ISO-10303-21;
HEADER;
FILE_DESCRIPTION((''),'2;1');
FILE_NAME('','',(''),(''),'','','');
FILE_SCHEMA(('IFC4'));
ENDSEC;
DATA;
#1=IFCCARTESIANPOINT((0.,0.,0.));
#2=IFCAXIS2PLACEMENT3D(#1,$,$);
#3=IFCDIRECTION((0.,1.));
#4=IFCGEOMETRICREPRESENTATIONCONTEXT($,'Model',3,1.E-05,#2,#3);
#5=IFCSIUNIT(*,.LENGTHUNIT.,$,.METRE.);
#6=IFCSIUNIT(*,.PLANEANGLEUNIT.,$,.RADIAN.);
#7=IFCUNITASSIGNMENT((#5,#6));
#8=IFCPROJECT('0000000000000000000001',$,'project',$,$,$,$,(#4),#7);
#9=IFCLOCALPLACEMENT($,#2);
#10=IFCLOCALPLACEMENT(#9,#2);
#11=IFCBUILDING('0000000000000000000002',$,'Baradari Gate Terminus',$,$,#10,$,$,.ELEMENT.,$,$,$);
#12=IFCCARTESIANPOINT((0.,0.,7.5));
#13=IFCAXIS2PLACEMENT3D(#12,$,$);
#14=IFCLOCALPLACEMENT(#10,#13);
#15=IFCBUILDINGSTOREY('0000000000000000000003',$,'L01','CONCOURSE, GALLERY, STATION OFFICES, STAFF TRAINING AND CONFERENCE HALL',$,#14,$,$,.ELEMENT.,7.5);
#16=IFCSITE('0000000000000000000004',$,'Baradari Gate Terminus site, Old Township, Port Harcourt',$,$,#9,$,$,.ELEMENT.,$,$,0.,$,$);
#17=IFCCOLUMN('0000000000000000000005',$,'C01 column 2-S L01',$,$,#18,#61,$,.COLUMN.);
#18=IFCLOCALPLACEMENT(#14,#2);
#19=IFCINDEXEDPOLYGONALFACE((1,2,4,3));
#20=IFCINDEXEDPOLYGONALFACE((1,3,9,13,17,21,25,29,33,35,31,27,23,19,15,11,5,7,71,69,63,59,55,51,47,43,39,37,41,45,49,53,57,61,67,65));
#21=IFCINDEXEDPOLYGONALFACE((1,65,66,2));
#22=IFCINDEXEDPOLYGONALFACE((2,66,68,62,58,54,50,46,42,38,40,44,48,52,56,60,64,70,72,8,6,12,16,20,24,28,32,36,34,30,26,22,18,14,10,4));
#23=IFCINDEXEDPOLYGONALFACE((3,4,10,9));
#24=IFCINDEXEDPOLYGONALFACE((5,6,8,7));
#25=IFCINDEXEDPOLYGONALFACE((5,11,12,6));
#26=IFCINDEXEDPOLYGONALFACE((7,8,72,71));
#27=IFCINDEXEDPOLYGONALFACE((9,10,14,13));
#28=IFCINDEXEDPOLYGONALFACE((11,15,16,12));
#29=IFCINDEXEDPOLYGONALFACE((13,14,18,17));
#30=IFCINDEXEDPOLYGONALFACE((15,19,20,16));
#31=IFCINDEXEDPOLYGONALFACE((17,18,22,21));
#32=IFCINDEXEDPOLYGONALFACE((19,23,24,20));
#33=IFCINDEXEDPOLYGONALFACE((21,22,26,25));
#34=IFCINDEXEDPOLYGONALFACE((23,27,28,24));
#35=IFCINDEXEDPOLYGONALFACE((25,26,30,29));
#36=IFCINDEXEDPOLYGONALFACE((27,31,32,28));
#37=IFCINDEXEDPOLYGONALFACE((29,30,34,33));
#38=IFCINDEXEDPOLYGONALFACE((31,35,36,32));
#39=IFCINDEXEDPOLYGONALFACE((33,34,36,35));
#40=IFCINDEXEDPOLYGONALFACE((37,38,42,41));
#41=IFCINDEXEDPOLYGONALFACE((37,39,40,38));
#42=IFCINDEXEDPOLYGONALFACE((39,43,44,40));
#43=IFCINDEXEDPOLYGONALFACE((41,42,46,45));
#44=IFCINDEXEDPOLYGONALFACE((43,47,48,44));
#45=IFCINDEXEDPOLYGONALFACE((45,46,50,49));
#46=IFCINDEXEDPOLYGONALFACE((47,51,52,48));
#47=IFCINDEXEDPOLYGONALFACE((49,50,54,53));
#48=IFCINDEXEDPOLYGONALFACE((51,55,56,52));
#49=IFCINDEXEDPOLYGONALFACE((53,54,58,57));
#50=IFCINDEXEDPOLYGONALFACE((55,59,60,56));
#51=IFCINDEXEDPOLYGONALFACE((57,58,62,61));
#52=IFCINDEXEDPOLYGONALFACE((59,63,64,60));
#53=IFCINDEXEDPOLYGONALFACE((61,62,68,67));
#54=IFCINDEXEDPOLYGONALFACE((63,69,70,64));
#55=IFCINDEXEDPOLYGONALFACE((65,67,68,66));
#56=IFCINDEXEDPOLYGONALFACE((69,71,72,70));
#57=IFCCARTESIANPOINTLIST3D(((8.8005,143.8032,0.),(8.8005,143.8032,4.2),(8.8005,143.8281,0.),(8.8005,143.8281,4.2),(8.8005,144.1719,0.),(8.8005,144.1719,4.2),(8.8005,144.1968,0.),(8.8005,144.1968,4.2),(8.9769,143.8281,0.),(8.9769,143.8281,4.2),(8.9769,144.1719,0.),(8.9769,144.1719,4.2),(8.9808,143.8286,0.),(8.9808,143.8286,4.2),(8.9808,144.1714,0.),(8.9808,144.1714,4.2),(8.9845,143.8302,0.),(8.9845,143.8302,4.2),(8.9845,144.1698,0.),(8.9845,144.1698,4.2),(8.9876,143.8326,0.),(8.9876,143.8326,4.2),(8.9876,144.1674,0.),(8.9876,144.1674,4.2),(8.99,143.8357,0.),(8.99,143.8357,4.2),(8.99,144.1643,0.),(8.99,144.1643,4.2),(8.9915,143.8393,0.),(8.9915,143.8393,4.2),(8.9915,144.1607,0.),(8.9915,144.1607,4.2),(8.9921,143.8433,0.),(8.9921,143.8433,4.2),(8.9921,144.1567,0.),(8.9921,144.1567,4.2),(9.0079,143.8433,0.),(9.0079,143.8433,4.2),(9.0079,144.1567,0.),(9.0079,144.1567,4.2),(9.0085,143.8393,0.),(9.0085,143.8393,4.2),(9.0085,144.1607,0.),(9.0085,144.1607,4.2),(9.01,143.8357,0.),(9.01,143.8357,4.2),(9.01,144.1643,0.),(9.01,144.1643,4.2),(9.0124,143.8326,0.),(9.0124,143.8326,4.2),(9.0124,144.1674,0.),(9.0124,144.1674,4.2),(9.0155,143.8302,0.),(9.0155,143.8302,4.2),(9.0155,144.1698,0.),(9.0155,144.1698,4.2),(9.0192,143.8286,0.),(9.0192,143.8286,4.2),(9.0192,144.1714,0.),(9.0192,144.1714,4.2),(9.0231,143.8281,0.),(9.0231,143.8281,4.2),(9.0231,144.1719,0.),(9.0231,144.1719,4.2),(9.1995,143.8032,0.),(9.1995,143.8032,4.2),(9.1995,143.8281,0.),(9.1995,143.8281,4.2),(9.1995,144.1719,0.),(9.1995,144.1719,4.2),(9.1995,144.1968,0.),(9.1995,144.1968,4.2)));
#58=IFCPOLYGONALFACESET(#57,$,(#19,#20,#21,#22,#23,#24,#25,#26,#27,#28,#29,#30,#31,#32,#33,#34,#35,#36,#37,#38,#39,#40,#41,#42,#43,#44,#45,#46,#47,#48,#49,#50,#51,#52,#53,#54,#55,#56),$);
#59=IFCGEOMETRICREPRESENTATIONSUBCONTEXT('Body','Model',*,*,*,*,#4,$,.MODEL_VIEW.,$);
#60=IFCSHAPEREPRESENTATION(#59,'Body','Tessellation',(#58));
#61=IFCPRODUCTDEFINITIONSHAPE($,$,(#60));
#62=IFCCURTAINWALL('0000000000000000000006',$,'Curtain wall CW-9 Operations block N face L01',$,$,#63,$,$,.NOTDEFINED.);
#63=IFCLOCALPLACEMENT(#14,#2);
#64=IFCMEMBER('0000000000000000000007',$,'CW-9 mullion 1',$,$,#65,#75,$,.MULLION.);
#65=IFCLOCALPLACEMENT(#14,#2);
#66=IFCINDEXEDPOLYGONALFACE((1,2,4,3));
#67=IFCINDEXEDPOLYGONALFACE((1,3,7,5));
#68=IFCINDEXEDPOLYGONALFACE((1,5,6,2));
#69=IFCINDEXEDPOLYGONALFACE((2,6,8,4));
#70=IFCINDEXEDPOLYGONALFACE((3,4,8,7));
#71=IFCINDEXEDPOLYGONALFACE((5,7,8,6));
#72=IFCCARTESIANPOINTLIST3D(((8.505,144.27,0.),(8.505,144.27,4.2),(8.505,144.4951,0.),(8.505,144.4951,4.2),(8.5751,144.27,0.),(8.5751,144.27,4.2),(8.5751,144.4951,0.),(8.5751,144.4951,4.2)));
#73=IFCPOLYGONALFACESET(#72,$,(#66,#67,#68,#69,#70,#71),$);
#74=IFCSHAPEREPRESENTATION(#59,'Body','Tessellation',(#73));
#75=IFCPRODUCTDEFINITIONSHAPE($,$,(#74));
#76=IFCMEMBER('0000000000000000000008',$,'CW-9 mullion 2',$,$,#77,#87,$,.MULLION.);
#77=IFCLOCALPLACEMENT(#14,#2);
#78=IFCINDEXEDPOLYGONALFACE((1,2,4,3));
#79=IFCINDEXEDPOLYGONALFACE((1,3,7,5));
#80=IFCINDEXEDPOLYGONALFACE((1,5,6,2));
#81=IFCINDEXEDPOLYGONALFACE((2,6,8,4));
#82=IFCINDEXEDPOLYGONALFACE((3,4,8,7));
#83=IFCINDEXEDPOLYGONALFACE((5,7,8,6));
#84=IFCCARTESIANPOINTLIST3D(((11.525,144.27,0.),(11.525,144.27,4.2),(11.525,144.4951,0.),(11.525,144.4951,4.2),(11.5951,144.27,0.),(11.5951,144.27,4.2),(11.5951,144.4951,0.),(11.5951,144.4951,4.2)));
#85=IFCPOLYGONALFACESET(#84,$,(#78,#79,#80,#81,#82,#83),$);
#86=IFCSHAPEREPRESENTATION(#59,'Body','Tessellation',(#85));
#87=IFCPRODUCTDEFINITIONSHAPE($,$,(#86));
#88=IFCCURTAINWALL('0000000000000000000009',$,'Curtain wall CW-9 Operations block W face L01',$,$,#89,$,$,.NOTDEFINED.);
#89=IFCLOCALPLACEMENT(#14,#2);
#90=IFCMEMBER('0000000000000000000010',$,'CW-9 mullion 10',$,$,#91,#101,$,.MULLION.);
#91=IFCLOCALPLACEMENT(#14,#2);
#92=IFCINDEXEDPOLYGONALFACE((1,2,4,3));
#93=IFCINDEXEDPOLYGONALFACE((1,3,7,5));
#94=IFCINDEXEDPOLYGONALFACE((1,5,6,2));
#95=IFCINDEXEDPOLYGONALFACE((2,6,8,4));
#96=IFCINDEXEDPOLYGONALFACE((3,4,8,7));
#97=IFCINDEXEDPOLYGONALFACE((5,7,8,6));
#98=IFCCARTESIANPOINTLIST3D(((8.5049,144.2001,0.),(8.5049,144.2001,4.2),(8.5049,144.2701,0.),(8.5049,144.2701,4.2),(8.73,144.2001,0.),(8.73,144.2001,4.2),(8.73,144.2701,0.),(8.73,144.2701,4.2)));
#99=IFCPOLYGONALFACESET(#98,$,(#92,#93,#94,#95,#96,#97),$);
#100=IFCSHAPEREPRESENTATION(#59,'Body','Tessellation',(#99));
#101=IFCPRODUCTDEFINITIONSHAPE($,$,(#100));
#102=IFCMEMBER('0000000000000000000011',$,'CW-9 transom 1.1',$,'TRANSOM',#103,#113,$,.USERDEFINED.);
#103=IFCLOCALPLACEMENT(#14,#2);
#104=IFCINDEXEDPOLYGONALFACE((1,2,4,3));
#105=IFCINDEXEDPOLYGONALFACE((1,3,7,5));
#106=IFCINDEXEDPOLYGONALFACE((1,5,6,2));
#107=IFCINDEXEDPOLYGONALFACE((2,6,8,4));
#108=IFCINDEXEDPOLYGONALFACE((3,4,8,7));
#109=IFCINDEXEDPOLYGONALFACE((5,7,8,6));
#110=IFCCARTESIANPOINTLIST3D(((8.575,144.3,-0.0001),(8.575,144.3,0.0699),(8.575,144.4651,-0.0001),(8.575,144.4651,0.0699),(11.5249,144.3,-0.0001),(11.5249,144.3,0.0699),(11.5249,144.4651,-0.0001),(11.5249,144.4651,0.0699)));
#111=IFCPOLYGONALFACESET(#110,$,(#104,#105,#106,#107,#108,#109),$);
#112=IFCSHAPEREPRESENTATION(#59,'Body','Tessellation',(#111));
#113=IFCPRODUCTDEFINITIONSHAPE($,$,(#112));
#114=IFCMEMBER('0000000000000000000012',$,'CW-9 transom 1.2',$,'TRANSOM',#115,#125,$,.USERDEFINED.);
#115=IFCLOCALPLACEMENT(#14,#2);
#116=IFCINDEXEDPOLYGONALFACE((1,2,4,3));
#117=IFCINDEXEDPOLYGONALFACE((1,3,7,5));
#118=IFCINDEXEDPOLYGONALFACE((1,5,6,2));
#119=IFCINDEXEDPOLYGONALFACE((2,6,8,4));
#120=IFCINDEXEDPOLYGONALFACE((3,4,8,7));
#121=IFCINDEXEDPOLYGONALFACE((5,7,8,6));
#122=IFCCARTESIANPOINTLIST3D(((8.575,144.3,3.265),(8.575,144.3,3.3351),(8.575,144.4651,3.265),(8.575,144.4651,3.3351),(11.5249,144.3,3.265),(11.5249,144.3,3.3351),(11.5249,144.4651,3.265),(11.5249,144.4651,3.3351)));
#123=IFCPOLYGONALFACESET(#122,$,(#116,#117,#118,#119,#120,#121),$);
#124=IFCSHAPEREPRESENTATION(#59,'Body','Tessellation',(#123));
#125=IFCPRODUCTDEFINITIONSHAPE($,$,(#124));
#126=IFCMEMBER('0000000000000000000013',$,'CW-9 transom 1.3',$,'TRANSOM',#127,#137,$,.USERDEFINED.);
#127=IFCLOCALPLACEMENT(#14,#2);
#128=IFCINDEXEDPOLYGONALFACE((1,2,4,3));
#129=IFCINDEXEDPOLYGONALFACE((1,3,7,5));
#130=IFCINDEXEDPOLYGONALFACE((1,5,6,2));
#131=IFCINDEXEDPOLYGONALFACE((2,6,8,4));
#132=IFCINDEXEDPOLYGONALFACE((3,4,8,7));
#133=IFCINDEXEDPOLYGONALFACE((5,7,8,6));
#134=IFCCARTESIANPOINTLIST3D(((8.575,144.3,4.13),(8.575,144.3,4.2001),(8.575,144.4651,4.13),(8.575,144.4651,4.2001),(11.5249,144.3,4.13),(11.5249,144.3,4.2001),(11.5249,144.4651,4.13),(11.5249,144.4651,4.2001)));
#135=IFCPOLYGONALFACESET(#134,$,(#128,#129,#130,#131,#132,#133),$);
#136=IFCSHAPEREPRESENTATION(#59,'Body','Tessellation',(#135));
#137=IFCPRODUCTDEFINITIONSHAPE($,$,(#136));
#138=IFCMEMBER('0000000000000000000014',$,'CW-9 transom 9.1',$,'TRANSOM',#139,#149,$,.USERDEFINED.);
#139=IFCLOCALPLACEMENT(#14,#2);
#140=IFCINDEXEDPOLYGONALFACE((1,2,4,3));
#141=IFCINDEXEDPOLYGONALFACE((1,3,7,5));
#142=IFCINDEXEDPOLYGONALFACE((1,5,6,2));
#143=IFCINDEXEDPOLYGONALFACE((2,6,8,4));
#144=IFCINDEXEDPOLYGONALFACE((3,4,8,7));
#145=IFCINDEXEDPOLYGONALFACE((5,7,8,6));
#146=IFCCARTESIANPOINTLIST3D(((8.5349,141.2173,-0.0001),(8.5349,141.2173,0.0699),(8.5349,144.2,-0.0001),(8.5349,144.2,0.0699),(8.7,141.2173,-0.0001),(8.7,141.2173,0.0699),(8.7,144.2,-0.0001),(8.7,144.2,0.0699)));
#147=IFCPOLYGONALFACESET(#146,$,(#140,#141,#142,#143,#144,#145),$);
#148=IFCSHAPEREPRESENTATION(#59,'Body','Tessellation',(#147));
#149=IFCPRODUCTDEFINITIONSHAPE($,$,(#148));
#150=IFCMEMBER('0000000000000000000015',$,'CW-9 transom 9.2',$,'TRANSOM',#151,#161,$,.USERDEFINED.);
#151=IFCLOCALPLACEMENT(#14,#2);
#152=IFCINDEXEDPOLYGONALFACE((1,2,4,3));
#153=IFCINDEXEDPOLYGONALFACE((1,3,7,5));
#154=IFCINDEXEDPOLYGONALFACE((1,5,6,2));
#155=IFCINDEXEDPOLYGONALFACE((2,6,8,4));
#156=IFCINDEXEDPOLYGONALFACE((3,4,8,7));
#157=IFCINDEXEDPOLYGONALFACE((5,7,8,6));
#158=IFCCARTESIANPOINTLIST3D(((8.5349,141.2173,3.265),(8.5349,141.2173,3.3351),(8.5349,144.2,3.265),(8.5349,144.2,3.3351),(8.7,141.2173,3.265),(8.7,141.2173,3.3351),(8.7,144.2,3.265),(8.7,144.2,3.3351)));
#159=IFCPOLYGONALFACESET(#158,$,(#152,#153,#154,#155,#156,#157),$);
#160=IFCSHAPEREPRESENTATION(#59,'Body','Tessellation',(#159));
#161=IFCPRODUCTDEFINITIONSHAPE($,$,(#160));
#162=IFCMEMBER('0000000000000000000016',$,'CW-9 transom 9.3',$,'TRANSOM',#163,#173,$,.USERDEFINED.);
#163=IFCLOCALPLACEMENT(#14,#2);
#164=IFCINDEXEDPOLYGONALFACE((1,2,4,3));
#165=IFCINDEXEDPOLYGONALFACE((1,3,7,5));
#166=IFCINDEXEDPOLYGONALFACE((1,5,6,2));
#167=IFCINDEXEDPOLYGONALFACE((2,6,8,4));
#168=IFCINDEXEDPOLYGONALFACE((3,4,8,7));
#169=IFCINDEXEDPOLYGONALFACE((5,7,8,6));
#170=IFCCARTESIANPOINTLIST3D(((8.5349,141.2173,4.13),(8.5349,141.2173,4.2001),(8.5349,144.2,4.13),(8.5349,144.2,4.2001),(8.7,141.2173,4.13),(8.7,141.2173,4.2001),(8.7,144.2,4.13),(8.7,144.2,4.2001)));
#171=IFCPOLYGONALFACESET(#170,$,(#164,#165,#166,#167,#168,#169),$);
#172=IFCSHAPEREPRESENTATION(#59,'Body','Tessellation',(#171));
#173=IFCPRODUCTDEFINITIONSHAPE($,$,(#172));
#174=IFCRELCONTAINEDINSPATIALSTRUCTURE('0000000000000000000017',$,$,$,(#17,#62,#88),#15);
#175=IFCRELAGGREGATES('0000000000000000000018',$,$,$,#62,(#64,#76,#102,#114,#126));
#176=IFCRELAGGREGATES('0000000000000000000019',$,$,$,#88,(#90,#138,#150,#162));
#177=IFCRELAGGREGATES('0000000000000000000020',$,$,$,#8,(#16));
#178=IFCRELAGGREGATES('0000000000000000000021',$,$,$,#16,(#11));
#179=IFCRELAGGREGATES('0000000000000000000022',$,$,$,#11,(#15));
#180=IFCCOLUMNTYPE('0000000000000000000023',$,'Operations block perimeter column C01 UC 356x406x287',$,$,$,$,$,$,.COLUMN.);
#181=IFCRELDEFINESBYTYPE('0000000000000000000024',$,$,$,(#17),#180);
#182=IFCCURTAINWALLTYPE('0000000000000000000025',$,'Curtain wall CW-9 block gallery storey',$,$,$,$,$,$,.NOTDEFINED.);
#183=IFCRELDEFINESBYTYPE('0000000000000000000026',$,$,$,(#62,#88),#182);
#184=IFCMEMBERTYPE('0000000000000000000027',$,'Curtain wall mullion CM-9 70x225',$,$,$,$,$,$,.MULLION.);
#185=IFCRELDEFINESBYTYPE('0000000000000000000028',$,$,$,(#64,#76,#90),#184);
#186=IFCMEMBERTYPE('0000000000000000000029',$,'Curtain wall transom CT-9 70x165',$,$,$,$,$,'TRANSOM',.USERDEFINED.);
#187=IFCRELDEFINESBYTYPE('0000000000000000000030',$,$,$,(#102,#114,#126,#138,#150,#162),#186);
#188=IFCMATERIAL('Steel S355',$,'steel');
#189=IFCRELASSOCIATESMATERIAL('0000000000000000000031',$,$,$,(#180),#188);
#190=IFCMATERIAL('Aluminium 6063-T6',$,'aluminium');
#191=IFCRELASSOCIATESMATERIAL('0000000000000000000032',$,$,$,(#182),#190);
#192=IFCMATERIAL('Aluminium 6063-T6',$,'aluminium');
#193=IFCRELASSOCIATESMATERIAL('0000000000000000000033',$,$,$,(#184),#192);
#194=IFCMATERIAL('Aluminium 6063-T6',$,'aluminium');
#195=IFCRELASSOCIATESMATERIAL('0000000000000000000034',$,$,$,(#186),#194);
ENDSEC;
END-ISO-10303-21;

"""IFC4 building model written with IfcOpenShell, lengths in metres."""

from ifc_helpers import new_model, si_unit, direction, frame, origin, origin_2d, place, context, subcontext, project, spatial, rectangle, i_section, extrude, material, material_profile, profile_set, type_object, element, aggregate, save


model = new_model("IFC4")

# Units and contexts
model_context = context("Model", 3, precision=1e-05, world=origin(), true_north=direction((0.0, 1.0)))
body_context = subcontext(model_context, "Body", "Model", "MODEL_VIEW")
ifc_project = project(units=[si_unit("LENGTHUNIT", "METRE"), si_unit("PLANEANGLEUNIT", "RADIAN")], contexts=[model_context])

# Site, building, storey
site_placement = place(None, origin())
site = spatial("IfcSite", under=ifc_project, at=site_placement, Name="Baradari Gate Terminus site, Old Township, Port Harcourt", CompositionType="ELEMENT", RefElevation=0.0)
building_placement = place(site_placement, origin())
building = spatial("IfcBuilding", under=site, at=building_placement, Name="Baradari Gate Terminus", CompositionType="ELEMENT")
storey_placement = place(building_placement, frame((0.0, 0.0, 7.5)))
storey = spatial("IfcBuildingStorey", under=building, at=storey_placement, Name="L01", Description="CONCOURSE, GALLERY, STATION OFFICES, STAFF TRAINING AND CONFERENCE HALL", CompositionType="ELEMENT", Elevation=7.5)

# Column
ifc_material_1 = material(Name="Steel S355", Category="steel")
ifc_material_profile_1 = material_profile(ifc_material_1, i_section(OverallWidth=0.3989, OverallDepth=0.3936, WebThickness=0.0159, FlangeThickness=0.0249, FilletRadius=0.0151, at=origin_2d()), Name="UC 356x406x287")
ifc_profile_set_1 = profile_set([ifc_material_profile_1], Name="Steel S355")
column_type = type_object("IfcColumnType", Name="Operations block perimeter column C01 UC 356x406x287", PredefinedType="COLUMN", material=ifc_profile_set_1)
column_placement = place(storey_placement, frame((9.0, 144.0, 0.0), z_axis=(0.0, 0.0, 1.0), x_axis=(1.0, 0.0, 0.0)))
element("IfcColumn", 1, at=column_placement, inside=storey, type_object=column_type, Name="C01 column 2-S L01", PredefinedType="COLUMN", context=body_context, shape_type="SweptSolid", body=[
    extrude(i_section(OverallWidth=0.3989, OverallDepth=0.3936, WebThickness=0.0159, FlangeThickness=0.0249, FilletRadius=0.0151, at=origin_2d()), origin(), (0.0, 0.0, 1.0), 4.2),
])

# Curtain wall, members
ifc_material_2 = material(Name="Aluminium 6063-T6", Category="aluminium")
curtain_wall_type = type_object("IfcCurtainWallType", Name="Curtain wall CW-9 block gallery storey", PredefinedType="NOTDEFINED", material=ifc_material_2)
curtain_wall_1_placement = place(storey_placement, origin())
curtain_wall_1 = element("IfcCurtainWall", 2, at=curtain_wall_1_placement, inside=storey, type_object=curtain_wall_type, Name="Curtain wall CW-9 Operations block N face L01", PredefinedType="NOTDEFINED")
ifc_material_3 = material(Name="Aluminium 6063-T6", Category="aluminium")
ifc_material_profile_2 = material_profile(ifc_material_3, rectangle(XDim=0.2251, YDim=0.0701, at=origin_2d()), Name="CM-9 70X225")
ifc_profile_set_2 = profile_set([ifc_material_profile_2], Name="Aluminium 6063-T6")
member_type_1 = type_object("IfcMemberType", Name="Curtain wall mullion CM-9 70x225", PredefinedType="MULLION", material=ifc_profile_set_2)
member_1_placement = place(storey_placement, frame((8.54, 144.3826, 0.0), z_axis=(0.0, 0.0, 1.0), x_axis=(0.0, 1.0, 0.0)))
member_1 = element("IfcMember", 3, at=member_1_placement, type_object=member_type_1, Name="CW-9 mullion 1", PredefinedType="MULLION", context=body_context, shape_type="SweptSolid", body=[
    extrude(rectangle(XDim=0.2251, YDim=0.0701, at=origin_2d()), origin(), (0.0, 0.0, 1.0), 4.2),
])
member_2_placement = place(storey_placement, frame((11.5601, 144.3826, 0.0), z_axis=(0.0, 0.0, 1.0), x_axis=(0.0, 1.0, 0.0)))
member_2 = element("IfcMember", 4, at=member_2_placement, type_object=member_type_1, Name="CW-9 mullion 2", PredefinedType="MULLION", context=body_context, shape_type="SweptSolid", body=[
    extrude(rectangle(XDim=0.2251, YDim=0.0701, at=origin_2d()), origin(), (0.0, 0.0, 1.0), 4.2),
])

# Curtain wall, member
curtain_wall_2_placement = place(storey_placement, origin())
curtain_wall_2 = element("IfcCurtainWall", 5, at=curtain_wall_2_placement, inside=storey, type_object=curtain_wall_type, Name="Curtain wall CW-9 Operations block W face L01", PredefinedType="NOTDEFINED")
member_3_placement = place(storey_placement, frame((8.6174, 144.2351, 0.0), z_axis=(0.0, 0.0, 1.0), x_axis=(-1.0, 0.0, 0.0)))
member_3 = element("IfcMember", 6, at=member_3_placement, type_object=member_type_1, Name="CW-9 mullion 10", PredefinedType="MULLION", context=body_context, shape_type="SweptSolid", body=[
    extrude(rectangle(XDim=0.2251, YDim=0.0701, at=origin_2d()), origin(), (0.0, 0.0, 1.0), 4.2),
])

# Members
ifc_material_4 = material(Name="Aluminium 6063-T6", Category="aluminium")
ifc_material_profile_3 = material_profile(ifc_material_4, rectangle(XDim=0.165, YDim=0.0701, at=origin_2d()), Name="CT-9 70X165")
ifc_profile_set_3 = profile_set([ifc_material_profile_3], Name="Aluminium 6063-T6")
member_type_2 = type_object("IfcMemberType", Name="Curtain wall transom CT-9 70x165", ElementType="TRANSOM", PredefinedType="USERDEFINED", material=ifc_profile_set_3)
member_4_placement = place(storey_placement, frame((8.575, 144.3826, 0.0349), z_axis=(1.0, 0.0, 0.0), x_axis=(0.0, 1.0, 0.0)))
member_4 = element("IfcMember", 7, at=member_4_placement, type_object=member_type_2, Name="CW-9 transom 1.1", ObjectType="TRANSOM", PredefinedType="USERDEFINED", context=body_context, shape_type="SweptSolid", body=[
    extrude(rectangle(XDim=0.165, YDim=0.0701, at=origin_2d()), origin(), (0.0, 0.0, 1.0), 2.95),
])
member_5_placement = place(storey_placement, frame((8.575, 144.3826, 3.3), z_axis=(1.0, 0.0, 0.0), x_axis=(0.0, 1.0, 0.0)))
member_5 = element("IfcMember", 8, at=member_5_placement, type_object=member_type_2, Name="CW-9 transom 1.2", ObjectType="TRANSOM", PredefinedType="USERDEFINED", context=body_context, shape_type="SweptSolid", body=[
    extrude(rectangle(XDim=0.165, YDim=0.0701, at=origin_2d()), origin(), (0.0, 0.0, 1.0), 2.95),
])
member_6_placement = place(storey_placement, frame((8.575, 144.3826, 4.165), z_axis=(1.0, 0.0, 0.0), x_axis=(0.0, 1.0, 0.0)))
member_6 = element("IfcMember", 9, at=member_6_placement, type_object=member_type_2, Name="CW-9 transom 1.3", ObjectType="TRANSOM", PredefinedType="USERDEFINED", context=body_context, shape_type="SweptSolid", body=[
    extrude(rectangle(XDim=0.165, YDim=0.0701, at=origin_2d()), origin(), (0.0, 0.0, 1.0), 2.95),
])
member_7_placement = place(storey_placement, frame((8.6174, 141.2173, 0.0349), z_axis=(0.0, 1.0, 0.0), x_axis=(-1.0, 0.0, 0.0)))
member_7 = element("IfcMember", 10, at=member_7_placement, type_object=member_type_2, Name="CW-9 transom 9.1", ObjectType="TRANSOM", PredefinedType="USERDEFINED", context=body_context, shape_type="SweptSolid", body=[
    extrude(rectangle(XDim=0.165, YDim=0.0701, at=origin_2d()), origin(), (0.0, 0.0, 1.0), 2.9827),
])
member_8_placement = place(storey_placement, frame((8.6174, 141.2173, 3.3), z_axis=(0.0, 1.0, 0.0), x_axis=(-1.0, 0.0, 0.0)))
member_8 = element("IfcMember", 11, at=member_8_placement, type_object=member_type_2, Name="CW-9 transom 9.2", ObjectType="TRANSOM", PredefinedType="USERDEFINED", context=body_context, shape_type="SweptSolid", body=[
    extrude(rectangle(XDim=0.165, YDim=0.0701, at=origin_2d()), origin(), (0.0, 0.0, 1.0), 2.9827),
])
member_9_placement = place(storey_placement, frame((8.6174, 141.2173, 4.165), z_axis=(0.0, 1.0, 0.0), x_axis=(-1.0, 0.0, 0.0)))
member_9 = element("IfcMember", 12, at=member_9_placement, type_object=member_type_2, Name="CW-9 transom 9.3", ObjectType="TRANSOM", PredefinedType="USERDEFINED", context=body_context, shape_type="SweptSolid", body=[
    extrude(rectangle(XDim=0.165, YDim=0.0701, at=origin_2d()), origin(), (0.0, 0.0, 1.0), 2.9827),
])

aggregate(curtain_wall_1, [member_1, member_2, member_4, member_5, member_6])
aggregate(curtain_wall_2, [member_3, member_7, member_8, member_9])

save(model, "model.ifc")
